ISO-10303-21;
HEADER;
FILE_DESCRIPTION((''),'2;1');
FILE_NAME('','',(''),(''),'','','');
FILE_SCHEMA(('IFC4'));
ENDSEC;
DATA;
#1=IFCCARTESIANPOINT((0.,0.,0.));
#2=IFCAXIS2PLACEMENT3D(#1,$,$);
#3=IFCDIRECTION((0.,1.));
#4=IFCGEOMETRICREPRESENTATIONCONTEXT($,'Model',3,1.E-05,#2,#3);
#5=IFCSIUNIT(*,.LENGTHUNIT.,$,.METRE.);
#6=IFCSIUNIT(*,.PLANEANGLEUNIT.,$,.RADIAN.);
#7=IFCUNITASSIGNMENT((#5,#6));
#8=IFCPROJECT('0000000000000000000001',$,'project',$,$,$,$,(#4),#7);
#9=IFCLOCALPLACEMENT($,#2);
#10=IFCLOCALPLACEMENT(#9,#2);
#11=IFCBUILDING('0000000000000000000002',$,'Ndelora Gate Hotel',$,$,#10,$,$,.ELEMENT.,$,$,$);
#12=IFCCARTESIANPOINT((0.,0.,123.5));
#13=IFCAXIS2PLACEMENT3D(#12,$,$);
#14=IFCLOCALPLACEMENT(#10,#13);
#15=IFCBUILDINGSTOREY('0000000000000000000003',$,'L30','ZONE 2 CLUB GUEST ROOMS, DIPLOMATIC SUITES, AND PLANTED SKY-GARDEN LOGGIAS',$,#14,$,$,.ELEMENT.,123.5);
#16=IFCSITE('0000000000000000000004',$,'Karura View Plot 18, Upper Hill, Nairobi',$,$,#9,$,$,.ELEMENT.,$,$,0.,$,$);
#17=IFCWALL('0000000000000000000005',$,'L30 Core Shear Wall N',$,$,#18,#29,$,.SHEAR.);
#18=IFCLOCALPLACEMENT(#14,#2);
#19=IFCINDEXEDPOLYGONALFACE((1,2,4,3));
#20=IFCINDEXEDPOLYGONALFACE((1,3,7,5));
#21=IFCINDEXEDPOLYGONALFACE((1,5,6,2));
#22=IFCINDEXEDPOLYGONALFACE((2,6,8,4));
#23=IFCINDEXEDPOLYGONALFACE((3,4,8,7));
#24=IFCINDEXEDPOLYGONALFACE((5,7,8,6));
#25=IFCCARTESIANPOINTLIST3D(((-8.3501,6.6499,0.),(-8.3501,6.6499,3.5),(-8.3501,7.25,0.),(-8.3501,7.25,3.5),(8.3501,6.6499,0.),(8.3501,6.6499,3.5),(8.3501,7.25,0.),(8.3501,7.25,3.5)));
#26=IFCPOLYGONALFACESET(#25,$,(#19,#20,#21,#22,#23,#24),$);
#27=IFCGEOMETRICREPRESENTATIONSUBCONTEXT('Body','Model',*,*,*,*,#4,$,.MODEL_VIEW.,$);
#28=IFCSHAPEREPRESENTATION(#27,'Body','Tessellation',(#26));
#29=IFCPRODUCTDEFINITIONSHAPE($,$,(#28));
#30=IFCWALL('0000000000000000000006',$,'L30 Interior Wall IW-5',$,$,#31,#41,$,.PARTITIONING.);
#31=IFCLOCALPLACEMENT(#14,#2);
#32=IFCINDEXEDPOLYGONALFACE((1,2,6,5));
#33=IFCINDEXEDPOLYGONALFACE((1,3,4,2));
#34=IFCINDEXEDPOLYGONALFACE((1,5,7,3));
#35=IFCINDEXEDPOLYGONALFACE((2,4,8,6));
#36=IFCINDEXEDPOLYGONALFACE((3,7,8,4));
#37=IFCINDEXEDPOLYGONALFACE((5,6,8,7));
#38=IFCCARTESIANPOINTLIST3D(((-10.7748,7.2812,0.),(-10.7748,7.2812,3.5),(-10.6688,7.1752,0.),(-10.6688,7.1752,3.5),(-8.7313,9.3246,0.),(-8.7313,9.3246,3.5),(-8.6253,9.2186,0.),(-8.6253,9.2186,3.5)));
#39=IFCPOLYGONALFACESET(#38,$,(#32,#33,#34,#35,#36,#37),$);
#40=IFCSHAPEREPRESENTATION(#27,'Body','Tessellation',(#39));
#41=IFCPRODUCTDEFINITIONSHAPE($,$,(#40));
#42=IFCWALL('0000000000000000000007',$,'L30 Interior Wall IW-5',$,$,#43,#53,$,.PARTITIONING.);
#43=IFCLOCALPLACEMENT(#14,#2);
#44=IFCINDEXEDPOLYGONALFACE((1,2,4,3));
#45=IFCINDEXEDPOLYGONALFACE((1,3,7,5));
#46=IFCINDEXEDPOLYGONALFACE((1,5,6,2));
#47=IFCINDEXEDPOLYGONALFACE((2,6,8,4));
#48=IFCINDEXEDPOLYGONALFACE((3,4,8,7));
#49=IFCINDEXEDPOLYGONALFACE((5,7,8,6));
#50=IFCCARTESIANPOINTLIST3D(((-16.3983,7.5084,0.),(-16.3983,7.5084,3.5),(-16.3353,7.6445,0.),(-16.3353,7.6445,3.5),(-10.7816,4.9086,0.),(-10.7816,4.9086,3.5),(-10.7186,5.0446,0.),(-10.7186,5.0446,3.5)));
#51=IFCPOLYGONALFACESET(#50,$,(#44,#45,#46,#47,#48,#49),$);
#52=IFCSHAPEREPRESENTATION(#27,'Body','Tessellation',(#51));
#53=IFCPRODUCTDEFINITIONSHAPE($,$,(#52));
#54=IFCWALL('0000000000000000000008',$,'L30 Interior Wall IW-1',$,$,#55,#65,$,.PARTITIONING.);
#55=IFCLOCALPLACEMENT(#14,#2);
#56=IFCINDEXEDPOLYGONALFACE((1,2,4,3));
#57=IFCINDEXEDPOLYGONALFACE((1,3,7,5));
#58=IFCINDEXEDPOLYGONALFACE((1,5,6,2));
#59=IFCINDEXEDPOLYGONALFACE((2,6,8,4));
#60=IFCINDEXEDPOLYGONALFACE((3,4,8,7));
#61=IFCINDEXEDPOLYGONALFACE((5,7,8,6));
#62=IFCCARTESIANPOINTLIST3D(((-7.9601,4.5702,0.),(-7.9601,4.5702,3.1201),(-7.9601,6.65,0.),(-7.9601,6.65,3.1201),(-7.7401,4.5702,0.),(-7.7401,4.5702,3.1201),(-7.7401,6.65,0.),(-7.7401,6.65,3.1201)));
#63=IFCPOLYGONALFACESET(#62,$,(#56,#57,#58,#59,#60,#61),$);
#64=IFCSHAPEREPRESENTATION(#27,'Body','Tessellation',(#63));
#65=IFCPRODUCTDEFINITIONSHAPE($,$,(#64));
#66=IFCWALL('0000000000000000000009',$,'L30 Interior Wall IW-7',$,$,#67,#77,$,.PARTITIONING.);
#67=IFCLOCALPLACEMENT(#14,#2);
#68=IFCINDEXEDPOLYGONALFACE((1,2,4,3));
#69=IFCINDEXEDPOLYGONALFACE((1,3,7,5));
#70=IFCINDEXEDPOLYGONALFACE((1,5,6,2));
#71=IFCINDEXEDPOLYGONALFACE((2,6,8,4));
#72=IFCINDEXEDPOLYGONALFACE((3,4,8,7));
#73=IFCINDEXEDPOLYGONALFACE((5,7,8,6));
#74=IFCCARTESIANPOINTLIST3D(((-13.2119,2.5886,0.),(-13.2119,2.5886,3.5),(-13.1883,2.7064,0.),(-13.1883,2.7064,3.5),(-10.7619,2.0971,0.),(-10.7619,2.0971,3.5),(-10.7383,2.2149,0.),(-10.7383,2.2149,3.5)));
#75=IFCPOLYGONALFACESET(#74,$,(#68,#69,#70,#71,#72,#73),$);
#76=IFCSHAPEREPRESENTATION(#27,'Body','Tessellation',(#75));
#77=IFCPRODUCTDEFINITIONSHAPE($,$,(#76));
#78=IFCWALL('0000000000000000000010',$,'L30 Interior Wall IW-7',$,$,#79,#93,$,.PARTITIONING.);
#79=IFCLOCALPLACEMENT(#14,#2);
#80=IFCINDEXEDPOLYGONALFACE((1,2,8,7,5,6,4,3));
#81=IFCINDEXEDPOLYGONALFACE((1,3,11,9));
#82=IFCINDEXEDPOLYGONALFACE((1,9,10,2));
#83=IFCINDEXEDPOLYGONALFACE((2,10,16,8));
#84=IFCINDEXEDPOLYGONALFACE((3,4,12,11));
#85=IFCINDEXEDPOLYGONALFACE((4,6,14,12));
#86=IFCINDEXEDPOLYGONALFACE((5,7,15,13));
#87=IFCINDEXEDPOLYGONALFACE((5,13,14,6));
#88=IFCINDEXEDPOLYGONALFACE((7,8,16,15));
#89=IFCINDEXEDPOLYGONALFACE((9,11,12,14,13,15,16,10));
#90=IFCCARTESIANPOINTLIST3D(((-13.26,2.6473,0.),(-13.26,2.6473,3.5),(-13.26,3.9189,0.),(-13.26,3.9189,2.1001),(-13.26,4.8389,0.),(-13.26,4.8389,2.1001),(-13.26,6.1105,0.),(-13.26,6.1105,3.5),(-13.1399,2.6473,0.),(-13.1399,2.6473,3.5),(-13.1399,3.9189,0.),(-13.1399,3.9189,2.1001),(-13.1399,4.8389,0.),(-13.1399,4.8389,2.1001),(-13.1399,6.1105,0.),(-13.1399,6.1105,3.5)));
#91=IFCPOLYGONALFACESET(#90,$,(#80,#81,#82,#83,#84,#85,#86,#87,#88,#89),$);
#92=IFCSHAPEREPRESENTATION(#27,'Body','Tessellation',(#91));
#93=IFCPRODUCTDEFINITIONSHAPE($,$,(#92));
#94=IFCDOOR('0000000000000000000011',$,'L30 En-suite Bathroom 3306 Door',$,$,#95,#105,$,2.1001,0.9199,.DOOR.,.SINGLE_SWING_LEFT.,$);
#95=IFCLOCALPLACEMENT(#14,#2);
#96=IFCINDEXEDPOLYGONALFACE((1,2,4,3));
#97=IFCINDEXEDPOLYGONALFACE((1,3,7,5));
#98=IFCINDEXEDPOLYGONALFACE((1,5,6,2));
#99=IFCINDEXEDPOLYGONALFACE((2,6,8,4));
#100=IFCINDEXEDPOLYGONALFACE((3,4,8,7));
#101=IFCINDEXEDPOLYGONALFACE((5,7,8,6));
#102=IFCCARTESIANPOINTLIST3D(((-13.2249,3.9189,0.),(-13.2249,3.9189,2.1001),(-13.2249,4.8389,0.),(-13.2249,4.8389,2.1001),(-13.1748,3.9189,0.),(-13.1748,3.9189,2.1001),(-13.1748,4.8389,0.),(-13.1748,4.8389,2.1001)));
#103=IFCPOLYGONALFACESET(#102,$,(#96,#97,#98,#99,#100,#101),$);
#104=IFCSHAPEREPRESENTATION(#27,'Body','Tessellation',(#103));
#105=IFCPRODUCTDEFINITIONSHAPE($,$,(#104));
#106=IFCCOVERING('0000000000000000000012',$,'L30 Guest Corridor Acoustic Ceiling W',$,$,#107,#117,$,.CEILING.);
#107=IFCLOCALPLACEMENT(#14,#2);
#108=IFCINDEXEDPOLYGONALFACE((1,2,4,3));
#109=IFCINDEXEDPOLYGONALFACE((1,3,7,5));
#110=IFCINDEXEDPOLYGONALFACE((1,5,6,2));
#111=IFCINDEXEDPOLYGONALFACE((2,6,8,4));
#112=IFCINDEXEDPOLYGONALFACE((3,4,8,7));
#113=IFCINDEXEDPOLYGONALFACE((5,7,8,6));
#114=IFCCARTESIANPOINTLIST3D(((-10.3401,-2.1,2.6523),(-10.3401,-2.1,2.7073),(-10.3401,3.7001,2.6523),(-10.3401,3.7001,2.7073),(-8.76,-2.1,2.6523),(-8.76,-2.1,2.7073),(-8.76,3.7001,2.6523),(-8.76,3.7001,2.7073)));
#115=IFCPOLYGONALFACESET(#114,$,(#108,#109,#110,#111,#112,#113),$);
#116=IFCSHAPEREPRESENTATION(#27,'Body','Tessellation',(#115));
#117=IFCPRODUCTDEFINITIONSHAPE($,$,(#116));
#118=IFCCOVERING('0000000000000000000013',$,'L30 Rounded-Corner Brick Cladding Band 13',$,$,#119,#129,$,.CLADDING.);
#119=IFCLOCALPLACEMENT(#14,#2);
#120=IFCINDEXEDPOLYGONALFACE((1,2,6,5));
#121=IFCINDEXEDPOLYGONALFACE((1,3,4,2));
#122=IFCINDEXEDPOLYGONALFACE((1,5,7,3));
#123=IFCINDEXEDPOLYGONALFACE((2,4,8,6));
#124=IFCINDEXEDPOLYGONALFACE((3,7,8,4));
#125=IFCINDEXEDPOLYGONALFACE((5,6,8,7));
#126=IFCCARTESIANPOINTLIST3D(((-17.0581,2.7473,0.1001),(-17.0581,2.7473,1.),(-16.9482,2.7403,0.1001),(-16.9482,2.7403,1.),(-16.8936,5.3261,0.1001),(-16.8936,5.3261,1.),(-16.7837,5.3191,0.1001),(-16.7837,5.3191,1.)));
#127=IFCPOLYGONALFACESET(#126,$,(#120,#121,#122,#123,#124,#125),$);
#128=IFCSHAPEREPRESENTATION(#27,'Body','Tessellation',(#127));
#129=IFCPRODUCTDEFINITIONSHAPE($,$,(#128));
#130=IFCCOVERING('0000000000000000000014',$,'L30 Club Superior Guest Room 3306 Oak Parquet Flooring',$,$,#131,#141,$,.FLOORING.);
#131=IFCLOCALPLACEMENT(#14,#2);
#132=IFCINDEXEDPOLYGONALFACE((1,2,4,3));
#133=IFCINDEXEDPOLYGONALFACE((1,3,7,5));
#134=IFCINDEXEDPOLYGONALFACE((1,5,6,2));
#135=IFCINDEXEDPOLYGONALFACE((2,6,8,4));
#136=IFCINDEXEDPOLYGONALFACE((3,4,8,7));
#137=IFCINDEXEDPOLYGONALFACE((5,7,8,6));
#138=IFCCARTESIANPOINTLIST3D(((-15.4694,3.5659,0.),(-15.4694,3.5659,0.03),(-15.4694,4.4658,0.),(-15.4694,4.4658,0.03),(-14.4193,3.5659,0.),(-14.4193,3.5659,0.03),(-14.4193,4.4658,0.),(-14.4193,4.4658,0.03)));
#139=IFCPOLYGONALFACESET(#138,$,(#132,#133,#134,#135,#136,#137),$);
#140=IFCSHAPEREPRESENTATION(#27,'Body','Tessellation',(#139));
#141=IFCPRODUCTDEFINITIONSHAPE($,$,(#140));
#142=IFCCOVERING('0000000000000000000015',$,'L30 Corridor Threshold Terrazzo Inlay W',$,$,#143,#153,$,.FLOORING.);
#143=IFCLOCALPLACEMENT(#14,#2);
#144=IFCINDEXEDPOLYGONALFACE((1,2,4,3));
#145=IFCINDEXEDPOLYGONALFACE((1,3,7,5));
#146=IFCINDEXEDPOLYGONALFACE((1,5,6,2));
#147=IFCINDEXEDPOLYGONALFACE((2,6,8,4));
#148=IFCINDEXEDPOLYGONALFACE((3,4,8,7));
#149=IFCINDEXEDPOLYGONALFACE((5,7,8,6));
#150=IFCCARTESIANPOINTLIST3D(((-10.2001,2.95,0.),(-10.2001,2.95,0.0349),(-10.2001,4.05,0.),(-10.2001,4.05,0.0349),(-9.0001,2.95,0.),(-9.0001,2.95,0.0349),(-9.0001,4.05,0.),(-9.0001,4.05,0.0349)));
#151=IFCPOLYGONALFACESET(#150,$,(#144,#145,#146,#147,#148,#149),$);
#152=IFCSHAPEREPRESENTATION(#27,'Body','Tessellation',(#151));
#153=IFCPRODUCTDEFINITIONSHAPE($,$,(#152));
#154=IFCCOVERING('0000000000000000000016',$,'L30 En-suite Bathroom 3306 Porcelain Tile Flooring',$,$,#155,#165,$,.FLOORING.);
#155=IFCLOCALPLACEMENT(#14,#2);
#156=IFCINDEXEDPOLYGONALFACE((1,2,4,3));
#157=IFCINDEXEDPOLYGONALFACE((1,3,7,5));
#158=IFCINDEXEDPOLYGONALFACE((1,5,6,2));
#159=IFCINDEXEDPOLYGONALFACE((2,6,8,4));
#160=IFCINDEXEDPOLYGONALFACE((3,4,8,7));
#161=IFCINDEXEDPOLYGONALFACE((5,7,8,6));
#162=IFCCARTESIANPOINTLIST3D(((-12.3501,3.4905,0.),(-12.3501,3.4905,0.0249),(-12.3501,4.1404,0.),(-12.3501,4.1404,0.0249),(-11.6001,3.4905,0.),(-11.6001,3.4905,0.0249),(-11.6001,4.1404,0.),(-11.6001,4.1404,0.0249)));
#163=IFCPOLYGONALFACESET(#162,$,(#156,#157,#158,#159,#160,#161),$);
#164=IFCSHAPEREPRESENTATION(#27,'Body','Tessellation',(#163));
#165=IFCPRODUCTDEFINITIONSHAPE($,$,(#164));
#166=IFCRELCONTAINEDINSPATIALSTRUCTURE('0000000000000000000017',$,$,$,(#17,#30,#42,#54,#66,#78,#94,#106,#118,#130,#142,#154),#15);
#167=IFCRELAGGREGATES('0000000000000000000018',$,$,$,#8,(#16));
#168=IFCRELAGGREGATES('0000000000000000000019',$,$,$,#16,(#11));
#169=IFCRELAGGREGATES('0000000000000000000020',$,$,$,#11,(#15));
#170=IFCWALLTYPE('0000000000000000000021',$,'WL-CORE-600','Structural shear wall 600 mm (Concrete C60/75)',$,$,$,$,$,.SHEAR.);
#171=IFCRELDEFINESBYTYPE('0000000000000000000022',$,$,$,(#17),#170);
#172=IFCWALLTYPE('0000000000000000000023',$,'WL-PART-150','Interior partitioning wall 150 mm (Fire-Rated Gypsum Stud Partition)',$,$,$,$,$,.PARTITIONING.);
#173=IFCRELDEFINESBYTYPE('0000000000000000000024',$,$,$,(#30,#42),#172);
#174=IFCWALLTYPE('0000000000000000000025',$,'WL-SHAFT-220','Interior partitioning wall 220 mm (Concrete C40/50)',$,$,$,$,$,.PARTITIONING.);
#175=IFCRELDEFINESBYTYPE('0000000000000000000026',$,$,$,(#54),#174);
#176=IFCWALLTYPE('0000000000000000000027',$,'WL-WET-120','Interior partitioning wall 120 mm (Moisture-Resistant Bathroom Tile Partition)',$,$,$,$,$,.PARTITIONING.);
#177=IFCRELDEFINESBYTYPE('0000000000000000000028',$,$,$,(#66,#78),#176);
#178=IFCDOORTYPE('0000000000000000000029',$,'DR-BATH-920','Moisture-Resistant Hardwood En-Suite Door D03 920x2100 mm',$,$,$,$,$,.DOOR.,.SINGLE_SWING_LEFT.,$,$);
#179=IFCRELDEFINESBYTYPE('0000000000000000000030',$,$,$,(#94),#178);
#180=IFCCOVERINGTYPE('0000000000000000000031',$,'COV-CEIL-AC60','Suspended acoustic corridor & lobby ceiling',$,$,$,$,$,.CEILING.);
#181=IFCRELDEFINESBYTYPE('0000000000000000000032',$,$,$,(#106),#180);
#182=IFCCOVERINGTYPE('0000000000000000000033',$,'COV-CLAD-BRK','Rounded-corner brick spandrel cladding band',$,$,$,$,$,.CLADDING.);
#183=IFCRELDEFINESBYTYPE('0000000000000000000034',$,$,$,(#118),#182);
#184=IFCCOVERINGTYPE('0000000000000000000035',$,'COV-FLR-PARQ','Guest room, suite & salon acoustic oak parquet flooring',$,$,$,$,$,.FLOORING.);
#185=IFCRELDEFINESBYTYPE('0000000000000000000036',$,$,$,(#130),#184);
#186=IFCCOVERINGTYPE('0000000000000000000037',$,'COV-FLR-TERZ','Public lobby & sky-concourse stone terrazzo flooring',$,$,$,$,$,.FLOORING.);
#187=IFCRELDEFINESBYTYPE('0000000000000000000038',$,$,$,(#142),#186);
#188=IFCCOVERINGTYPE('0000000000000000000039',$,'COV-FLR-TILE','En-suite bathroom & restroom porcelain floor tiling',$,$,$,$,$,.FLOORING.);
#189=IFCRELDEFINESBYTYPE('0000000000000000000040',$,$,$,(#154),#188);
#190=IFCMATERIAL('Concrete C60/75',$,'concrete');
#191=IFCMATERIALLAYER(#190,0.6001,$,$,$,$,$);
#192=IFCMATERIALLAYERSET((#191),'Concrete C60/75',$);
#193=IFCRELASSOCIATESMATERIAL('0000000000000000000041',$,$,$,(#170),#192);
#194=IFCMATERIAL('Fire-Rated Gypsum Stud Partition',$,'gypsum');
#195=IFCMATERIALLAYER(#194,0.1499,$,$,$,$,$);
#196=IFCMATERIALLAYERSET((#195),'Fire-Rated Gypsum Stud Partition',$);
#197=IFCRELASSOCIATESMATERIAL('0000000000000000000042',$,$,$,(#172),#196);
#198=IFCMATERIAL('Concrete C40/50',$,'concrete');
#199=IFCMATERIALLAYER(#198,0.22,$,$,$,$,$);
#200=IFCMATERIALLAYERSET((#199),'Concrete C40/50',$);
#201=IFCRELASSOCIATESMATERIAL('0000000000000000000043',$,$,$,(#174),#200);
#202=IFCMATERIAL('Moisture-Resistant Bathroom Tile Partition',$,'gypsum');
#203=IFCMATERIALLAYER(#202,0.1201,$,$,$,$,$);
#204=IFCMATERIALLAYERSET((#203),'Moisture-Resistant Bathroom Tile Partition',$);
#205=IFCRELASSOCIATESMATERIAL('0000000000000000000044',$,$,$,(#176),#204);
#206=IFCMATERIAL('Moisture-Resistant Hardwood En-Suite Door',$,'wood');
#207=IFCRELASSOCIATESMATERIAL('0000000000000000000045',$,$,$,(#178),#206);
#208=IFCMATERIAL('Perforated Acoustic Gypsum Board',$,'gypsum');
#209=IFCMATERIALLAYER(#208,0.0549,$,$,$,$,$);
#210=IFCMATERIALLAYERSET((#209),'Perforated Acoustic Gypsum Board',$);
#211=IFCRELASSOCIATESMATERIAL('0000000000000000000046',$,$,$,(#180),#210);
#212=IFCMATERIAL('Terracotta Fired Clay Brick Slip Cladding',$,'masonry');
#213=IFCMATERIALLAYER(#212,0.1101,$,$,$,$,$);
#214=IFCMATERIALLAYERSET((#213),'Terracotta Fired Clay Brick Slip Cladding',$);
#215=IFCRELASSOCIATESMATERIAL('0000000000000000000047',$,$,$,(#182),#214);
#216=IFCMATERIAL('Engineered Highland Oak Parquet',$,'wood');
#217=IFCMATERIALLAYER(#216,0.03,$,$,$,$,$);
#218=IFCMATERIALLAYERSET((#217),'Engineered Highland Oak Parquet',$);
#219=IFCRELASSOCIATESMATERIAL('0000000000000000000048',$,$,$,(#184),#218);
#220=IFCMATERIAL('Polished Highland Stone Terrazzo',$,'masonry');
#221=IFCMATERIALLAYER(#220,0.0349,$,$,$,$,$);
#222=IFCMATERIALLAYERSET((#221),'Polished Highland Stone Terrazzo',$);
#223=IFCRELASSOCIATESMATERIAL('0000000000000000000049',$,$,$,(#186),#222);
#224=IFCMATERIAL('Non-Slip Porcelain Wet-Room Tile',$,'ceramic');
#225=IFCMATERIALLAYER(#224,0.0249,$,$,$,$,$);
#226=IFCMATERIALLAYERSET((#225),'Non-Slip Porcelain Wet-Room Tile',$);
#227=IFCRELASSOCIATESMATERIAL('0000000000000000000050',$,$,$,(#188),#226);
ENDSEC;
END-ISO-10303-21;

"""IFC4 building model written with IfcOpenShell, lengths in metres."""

from ifc_helpers import new_model, si_unit, direction, frame, frame_2d, origin, origin_2d, place, context, subcontext, project, spatial, rectangle, extrude, material, layer, layer_set, type_object, element, fill, save


model = new_model("IFC4")

# Units and contexts
model_context = context("Model", 3, precision=1e-05, world=origin(), true_north=direction((0.0, 1.0)))
body_context = subcontext(model_context, "Body", "Model", "MODEL_VIEW")
ifc_project = project(units=[si_unit("LENGTHUNIT", "METRE"), si_unit("PLANEANGLEUNIT", "RADIAN")], contexts=[model_context])

# Site, building, storey
site_placement = place(None, origin())
site = spatial("IfcSite", under=ifc_project, at=site_placement, Name="Karura View Plot 18, Upper Hill, Nairobi", CompositionType="ELEMENT", RefElevation=0.0)
building_placement = place(site_placement, origin())
building = spatial("IfcBuilding", under=site, at=building_placement, Name="Ndelora Gate Hotel", CompositionType="ELEMENT")
storey_placement = place(building_placement, frame((0.0, 0.0, 123.5)))
storey = spatial("IfcBuildingStorey", under=building, at=storey_placement, Name="L30", Description="ZONE 2 CLUB GUEST ROOMS, DIPLOMATIC SUITES, AND PLANTED SKY-GARDEN LOGGIAS", CompositionType="ELEMENT", Elevation=123.5)

# Shared definitions
ifc_material_1 = material(Name="Concrete C60/75", Category="concrete")

# Wall
ifc_layer_1 = layer(ifc_material_1, 0.6001)
ifc_layer_set_1 = layer_set([ifc_layer_1], Name="Concrete C60/75")
wall_type_1 = type_object("IfcWallType", Name="WL-CORE-600", Description="Structural shear wall 600 mm (Concrete C60/75)", PredefinedType="SHEAR", material=ifc_layer_set_1)
wall_1_placement = place(storey_placement, frame((-8.3501, 6.95, 0.0), z_axis=(0.0, 0.0, 1.0), x_axis=(1.0, 0.0, 0.0)))
element("IfcWall", 1, at=wall_1_placement, inside=storey, type_object=wall_type_1, Name="L30 Core Shear Wall N", PredefinedType="SHEAR", context=body_context, shape_type="SweptSolid", body=[
    extrude(rectangle(XDim=16.7002, YDim=0.6001, at=frame_2d((8.3501, 0.0))), origin(), (0.0, 0.0, 1.0), 3.5),
])

# Shared definitions
ifc_material_2 = material(Name="Concrete C40/50", Category="concrete")

# Walls
ifc_material_3 = material(Name="Fire-Rated Gypsum Stud Partition", Category="gypsum")
ifc_layer_2 = layer(ifc_material_3, 0.1499)
ifc_layer_set_2 = layer_set([ifc_layer_2], Name="Fire-Rated Gypsum Stud Partition")
wall_type_2 = type_object("IfcWallType", Name="WL-PART-150", Description="Interior partitioning wall 150 mm (Fire-Rated Gypsum Stud Partition)", PredefinedType="PARTITIONING", material=ifc_layer_set_2)
wall_2_placement = place(storey_placement, frame((-10.7217, 7.2283, 0.0), z_axis=(0.0, 0.0, 1.0), x_axis=(0.707107, 0.707107, 0.0)))
element("IfcWall", 2, at=wall_2_placement, inside=storey, type_object=wall_type_2, Name="L30 Interior Wall IW-5", PredefinedType="PARTITIONING", context=body_context, shape_type="SweptSolid", body=[
    extrude(rectangle(XDim=2.8899, YDim=0.1499, at=frame_2d((1.4448, 0.0))), origin(), (0.0, 0.0, 1.0), 3.5),
])
wall_3_placement = place(storey_placement, frame((-10.75, 4.9766, 0.0), z_axis=(0.0, 0.0, 1.0), x_axis=(-0.907496, 0.420061, 0.0)))
element("IfcWall", 3, at=wall_3_placement, inside=storey, type_object=wall_type_2, Name="L30 Interior Wall IW-5", PredefinedType="PARTITIONING", context=body_context, shape_type="SweptSolid", body=[
    extrude(rectangle(XDim=6.1892, YDim=0.1499, at=frame_2d((3.0947, 0.0))), origin(), (0.0, 0.0, 1.0), 3.5),
])

# Shared definitions
ifc_layer_3 = layer(ifc_material_2, 0.22)
ifc_layer_set_3 = layer_set([ifc_layer_3], Name="Concrete C40/50")
wall_type_3 = type_object("IfcWallType", Name="WL-SHAFT-220", Description="Interior partitioning wall 220 mm (Concrete C40/50)", PredefinedType="PARTITIONING", material=ifc_layer_set_3)

# Wall
wall_4_placement = place(storey_placement, frame((-7.8501, 4.5701, 0.0), z_axis=(0.0, 0.0, 1.0), x_axis=(0.0, 1.0, 0.0)))
element("IfcWall", 4, at=wall_4_placement, inside=storey, type_object=wall_type_3, Name="L30 Interior Wall IW-1", PredefinedType="PARTITIONING", context=body_context, shape_type="SweptSolid", body=[
    extrude(rectangle(XDim=2.0798, YDim=0.22, at=frame_2d((1.04, 0.0))), origin(), (0.0, 0.0, 1.0), 3.1201),
])

# Wall
ifc_material_4 = material(Name="Moisture-Resistant Bathroom Tile Partition", Category="gypsum")
ifc_layer_4 = layer(ifc_material_4, 0.1201)
ifc_layer_set_4 = layer_set([ifc_layer_4], Name="Moisture-Resistant Bathroom Tile Partition")
wall_type_4 = type_object("IfcWallType", Name="WL-WET-120", Description="Interior partitioning wall 120 mm (Moisture-Resistant Bathroom Tile Partition)", PredefinedType="PARTITIONING", material=ifc_layer_set_4)
wall_5_placement = place(storey_placement, frame((-10.75, 2.156, 0.0), z_axis=(0.0, 0.0, 1.0), x_axis=(-0.980468, 0.19668, 0.0)))
element("IfcWall", 5, at=wall_5_placement, inside=storey, type_object=wall_type_4, Name="L30 Interior Wall IW-7", PredefinedType="PARTITIONING", context=body_context, shape_type="SweptSolid", body=[
    extrude(rectangle(XDim=2.4988, YDim=0.1201, at=frame_2d((1.2495, 0.0))), origin(), (0.0, 0.0, 1.0), 3.5),
])

# Wall, opening, door
wall_6_placement = place(storey_placement, frame((-13.2, 2.6475, 0.0), z_axis=(0.0, 0.0, 1.0), x_axis=(0.0, 1.0, 0.0)))
wall_6 = element("IfcWall", 6, at=wall_6_placement, inside=storey, type_object=wall_type_4, Name="L30 Interior Wall IW-7", PredefinedType="PARTITIONING", context=body_context, shape_type="SweptSolid", body=[
    extrude(rectangle(XDim=3.4631, YDim=0.1201, at=frame_2d((1.7314, 0.0))), origin(), (0.0, 0.0, 1.0), 3.5),
])
opening_1_placement = place(wall_6_placement, frame((1.2715, 0.0, 0.0)))
opening_1 = element("IfcOpeningElement", 7, at=opening_1_placement, cuts=wall_6, PredefinedType="OPENING", context=body_context, shape_type="SweptSolid", body=[
    extrude(rectangle(XDim=0.9199, YDim=2.1001, at=frame_2d((0.46, 1.05))), frame((0.0, 0.0701, 0.0), z_axis=(0.0, -1.0, 0.0), x_axis=(1.0, 0.0, 0.0)), (0.0, 0.0, 1.0), 0.1401),
])
ifc_material_5 = material(Name="Moisture-Resistant Hardwood En-Suite Door", Category="wood")
door_type_1 = type_object("IfcDoorType", Name="DR-BATH-920", Description="Moisture-Resistant Hardwood En-Suite Door D03 920x2100 mm", OperationType="SINGLE_SWING_LEFT", PredefinedType="DOOR", material=ifc_material_5)
door_1_placement = place(opening_1_placement, origin())
door_1 = element("IfcDoor", 8, at=door_1_placement, inside=storey, type_object=door_type_1, Name="L30 En-suite Bathroom 3306 Door", OperationType="SINGLE_SWING_LEFT", OverallHeight=2.1001, OverallWidth=0.9199, PredefinedType="DOOR", context=body_context, shape_type="SweptSolid", body=[
    extrude(rectangle(XDim=0.9199, YDim=2.1001, at=frame_2d((0.46, 1.05))), frame((0.0, 0.0249, 0.0), z_axis=(0.0, -1.0, 0.0), x_axis=(1.0, 0.0, 0.0)), (0.0, 0.0, 1.0), 0.05),
])
fill(opening_1, door_1)

# Coverings
ifc_material_6 = material(Name="Perforated Acoustic Gypsum Board", Category="gypsum")
ifc_layer_5 = layer(ifc_material_6, 0.0549)
ifc_layer_set_5 = layer_set([ifc_layer_5], Name="Perforated Acoustic Gypsum Board")
covering_type_1 = type_object("IfcCoveringType", Name="COV-CEIL-AC60", Description="Suspended acoustic corridor & lobby ceiling", PredefinedType="CEILING", material=ifc_layer_set_5)
covering_1_placement = place(storey_placement, frame((-9.55, 0.8, 2.6523), z_axis=(0.0, 0.0, 1.0), x_axis=(1.0, 0.0, 0.0)))
element("IfcCovering", 9, at=covering_1_placement, inside=storey, type_object=covering_type_1, Name="L30 Guest Corridor Acoustic Ceiling W", PredefinedType="CEILING", context=body_context, shape_type="SweptSolid", body=[
    extrude(rectangle(XDim=1.5801, YDim=5.8, at=origin_2d()), origin(), (0.0, 0.0, 1.0), 0.0549),
])
ifc_material_7 = material(Name="Terracotta Fired Clay Brick Slip Cladding", Category="masonry")
ifc_layer_6 = layer(ifc_material_7, 0.1101)
ifc_layer_set_6 = layer_set([ifc_layer_6], Name="Terracotta Fired Clay Brick Slip Cladding")
covering_type_2 = type_object("IfcCoveringType", Name="COV-CLAD-BRK", Description="Rounded-corner brick spandrel cladding band", PredefinedType="CLADDING", material=ifc_layer_set_6)
covering_2_placement = place(storey_placement, frame((-16.9209, 4.0332, 0.1001), z_axis=(0.0, 0.0, 1.0), x_axis=(0.063661, 0.997972, 0.0)))
element("IfcCovering", 10, at=covering_2_placement, inside=storey, type_object=covering_type_2, Name="L30 Rounded-Corner Brick Cladding Band 13", PredefinedType="CLADDING", context=body_context, shape_type="SweptSolid", body=[
    extrude(rectangle(XDim=2.584, YDim=0.1101, at=origin_2d()), origin(), (0.0, 0.0, 1.0), 0.8999),
])
ifc_material_8 = material(Name="Engineered Highland Oak Parquet", Category="wood")
ifc_layer_7 = layer(ifc_material_8, 0.03)
ifc_layer_set_7 = layer_set([ifc_layer_7], Name="Engineered Highland Oak Parquet")
covering_type_3 = type_object("IfcCoveringType", Name="COV-FLR-PARQ", Description="Guest room, suite & salon acoustic oak parquet flooring", PredefinedType="FLOORING", material=ifc_layer_set_7)
covering_3_placement = place(storey_placement, frame((-14.9443, 4.0159, 0.0), z_axis=(0.0, 0.0, 1.0), x_axis=(1.0, 0.0, 0.0)))
element("IfcCovering", 11, at=covering_3_placement, inside=storey, type_object=covering_type_3, Name="L30 Club Superior Guest Room 3306 Oak Parquet Flooring", PredefinedType="FLOORING", context=body_context, shape_type="SweptSolid", body=[
    extrude(rectangle(XDim=1.05, YDim=0.8999, at=origin_2d()), origin(), (0.0, 0.0, 1.0), 0.03),
])
ifc_material_9 = material(Name="Polished Highland Stone Terrazzo", Category="masonry")
ifc_layer_8 = layer(ifc_material_9, 0.0349)
ifc_layer_set_8 = layer_set([ifc_layer_8], Name="Polished Highland Stone Terrazzo")
covering_type_4 = type_object("IfcCoveringType", Name="COV-FLR-TERZ", Description="Public lobby & sky-concourse stone terrazzo flooring", PredefinedType="FLOORING", material=ifc_layer_set_8)
covering_4_placement = place(storey_placement, frame((-9.6001, 3.5, 0.0), z_axis=(0.0, 0.0, 1.0), x_axis=(1.0, 0.0, 0.0)))
element("IfcCovering", 12, at=covering_4_placement, inside=storey, type_object=covering_type_4, Name="L30 Corridor Threshold Terrazzo Inlay W", PredefinedType="FLOORING", context=body_context, shape_type="SweptSolid", body=[
    extrude(rectangle(XDim=1.2, YDim=1.1001, at=origin_2d()), origin(), (0.0, 0.0, 1.0), 0.0349),
])
ifc_material_10 = material(Name="Non-Slip Porcelain Wet-Room Tile", Category="ceramic")
ifc_layer_9 = layer(ifc_material_10, 0.0249)
ifc_layer_set_9 = layer_set([ifc_layer_9], Name="Non-Slip Porcelain Wet-Room Tile")
covering_type_5 = type_object("IfcCoveringType", Name="COV-FLR-TILE", Description="En-suite bathroom & restroom porcelain floor tiling", PredefinedType="FLOORING", material=ifc_layer_set_9)
covering_5_placement = place(storey_placement, frame((-11.9751, 3.8154, 0.0), z_axis=(0.0, 0.0, 1.0), x_axis=(1.0, 0.0, 0.0)))
element("IfcCovering", 13, at=covering_5_placement, inside=storey, type_object=covering_type_5, Name="L30 En-suite Bathroom 3306 Porcelain Tile Flooring", PredefinedType="FLOORING", context=body_context, shape_type="SweptSolid", body=[
    extrude(rectangle(XDim=0.75, YDim=0.6499, at=origin_2d()), origin(), (0.0, 0.0, 1.0), 0.0249),
])

save(model, "model.ifc")
